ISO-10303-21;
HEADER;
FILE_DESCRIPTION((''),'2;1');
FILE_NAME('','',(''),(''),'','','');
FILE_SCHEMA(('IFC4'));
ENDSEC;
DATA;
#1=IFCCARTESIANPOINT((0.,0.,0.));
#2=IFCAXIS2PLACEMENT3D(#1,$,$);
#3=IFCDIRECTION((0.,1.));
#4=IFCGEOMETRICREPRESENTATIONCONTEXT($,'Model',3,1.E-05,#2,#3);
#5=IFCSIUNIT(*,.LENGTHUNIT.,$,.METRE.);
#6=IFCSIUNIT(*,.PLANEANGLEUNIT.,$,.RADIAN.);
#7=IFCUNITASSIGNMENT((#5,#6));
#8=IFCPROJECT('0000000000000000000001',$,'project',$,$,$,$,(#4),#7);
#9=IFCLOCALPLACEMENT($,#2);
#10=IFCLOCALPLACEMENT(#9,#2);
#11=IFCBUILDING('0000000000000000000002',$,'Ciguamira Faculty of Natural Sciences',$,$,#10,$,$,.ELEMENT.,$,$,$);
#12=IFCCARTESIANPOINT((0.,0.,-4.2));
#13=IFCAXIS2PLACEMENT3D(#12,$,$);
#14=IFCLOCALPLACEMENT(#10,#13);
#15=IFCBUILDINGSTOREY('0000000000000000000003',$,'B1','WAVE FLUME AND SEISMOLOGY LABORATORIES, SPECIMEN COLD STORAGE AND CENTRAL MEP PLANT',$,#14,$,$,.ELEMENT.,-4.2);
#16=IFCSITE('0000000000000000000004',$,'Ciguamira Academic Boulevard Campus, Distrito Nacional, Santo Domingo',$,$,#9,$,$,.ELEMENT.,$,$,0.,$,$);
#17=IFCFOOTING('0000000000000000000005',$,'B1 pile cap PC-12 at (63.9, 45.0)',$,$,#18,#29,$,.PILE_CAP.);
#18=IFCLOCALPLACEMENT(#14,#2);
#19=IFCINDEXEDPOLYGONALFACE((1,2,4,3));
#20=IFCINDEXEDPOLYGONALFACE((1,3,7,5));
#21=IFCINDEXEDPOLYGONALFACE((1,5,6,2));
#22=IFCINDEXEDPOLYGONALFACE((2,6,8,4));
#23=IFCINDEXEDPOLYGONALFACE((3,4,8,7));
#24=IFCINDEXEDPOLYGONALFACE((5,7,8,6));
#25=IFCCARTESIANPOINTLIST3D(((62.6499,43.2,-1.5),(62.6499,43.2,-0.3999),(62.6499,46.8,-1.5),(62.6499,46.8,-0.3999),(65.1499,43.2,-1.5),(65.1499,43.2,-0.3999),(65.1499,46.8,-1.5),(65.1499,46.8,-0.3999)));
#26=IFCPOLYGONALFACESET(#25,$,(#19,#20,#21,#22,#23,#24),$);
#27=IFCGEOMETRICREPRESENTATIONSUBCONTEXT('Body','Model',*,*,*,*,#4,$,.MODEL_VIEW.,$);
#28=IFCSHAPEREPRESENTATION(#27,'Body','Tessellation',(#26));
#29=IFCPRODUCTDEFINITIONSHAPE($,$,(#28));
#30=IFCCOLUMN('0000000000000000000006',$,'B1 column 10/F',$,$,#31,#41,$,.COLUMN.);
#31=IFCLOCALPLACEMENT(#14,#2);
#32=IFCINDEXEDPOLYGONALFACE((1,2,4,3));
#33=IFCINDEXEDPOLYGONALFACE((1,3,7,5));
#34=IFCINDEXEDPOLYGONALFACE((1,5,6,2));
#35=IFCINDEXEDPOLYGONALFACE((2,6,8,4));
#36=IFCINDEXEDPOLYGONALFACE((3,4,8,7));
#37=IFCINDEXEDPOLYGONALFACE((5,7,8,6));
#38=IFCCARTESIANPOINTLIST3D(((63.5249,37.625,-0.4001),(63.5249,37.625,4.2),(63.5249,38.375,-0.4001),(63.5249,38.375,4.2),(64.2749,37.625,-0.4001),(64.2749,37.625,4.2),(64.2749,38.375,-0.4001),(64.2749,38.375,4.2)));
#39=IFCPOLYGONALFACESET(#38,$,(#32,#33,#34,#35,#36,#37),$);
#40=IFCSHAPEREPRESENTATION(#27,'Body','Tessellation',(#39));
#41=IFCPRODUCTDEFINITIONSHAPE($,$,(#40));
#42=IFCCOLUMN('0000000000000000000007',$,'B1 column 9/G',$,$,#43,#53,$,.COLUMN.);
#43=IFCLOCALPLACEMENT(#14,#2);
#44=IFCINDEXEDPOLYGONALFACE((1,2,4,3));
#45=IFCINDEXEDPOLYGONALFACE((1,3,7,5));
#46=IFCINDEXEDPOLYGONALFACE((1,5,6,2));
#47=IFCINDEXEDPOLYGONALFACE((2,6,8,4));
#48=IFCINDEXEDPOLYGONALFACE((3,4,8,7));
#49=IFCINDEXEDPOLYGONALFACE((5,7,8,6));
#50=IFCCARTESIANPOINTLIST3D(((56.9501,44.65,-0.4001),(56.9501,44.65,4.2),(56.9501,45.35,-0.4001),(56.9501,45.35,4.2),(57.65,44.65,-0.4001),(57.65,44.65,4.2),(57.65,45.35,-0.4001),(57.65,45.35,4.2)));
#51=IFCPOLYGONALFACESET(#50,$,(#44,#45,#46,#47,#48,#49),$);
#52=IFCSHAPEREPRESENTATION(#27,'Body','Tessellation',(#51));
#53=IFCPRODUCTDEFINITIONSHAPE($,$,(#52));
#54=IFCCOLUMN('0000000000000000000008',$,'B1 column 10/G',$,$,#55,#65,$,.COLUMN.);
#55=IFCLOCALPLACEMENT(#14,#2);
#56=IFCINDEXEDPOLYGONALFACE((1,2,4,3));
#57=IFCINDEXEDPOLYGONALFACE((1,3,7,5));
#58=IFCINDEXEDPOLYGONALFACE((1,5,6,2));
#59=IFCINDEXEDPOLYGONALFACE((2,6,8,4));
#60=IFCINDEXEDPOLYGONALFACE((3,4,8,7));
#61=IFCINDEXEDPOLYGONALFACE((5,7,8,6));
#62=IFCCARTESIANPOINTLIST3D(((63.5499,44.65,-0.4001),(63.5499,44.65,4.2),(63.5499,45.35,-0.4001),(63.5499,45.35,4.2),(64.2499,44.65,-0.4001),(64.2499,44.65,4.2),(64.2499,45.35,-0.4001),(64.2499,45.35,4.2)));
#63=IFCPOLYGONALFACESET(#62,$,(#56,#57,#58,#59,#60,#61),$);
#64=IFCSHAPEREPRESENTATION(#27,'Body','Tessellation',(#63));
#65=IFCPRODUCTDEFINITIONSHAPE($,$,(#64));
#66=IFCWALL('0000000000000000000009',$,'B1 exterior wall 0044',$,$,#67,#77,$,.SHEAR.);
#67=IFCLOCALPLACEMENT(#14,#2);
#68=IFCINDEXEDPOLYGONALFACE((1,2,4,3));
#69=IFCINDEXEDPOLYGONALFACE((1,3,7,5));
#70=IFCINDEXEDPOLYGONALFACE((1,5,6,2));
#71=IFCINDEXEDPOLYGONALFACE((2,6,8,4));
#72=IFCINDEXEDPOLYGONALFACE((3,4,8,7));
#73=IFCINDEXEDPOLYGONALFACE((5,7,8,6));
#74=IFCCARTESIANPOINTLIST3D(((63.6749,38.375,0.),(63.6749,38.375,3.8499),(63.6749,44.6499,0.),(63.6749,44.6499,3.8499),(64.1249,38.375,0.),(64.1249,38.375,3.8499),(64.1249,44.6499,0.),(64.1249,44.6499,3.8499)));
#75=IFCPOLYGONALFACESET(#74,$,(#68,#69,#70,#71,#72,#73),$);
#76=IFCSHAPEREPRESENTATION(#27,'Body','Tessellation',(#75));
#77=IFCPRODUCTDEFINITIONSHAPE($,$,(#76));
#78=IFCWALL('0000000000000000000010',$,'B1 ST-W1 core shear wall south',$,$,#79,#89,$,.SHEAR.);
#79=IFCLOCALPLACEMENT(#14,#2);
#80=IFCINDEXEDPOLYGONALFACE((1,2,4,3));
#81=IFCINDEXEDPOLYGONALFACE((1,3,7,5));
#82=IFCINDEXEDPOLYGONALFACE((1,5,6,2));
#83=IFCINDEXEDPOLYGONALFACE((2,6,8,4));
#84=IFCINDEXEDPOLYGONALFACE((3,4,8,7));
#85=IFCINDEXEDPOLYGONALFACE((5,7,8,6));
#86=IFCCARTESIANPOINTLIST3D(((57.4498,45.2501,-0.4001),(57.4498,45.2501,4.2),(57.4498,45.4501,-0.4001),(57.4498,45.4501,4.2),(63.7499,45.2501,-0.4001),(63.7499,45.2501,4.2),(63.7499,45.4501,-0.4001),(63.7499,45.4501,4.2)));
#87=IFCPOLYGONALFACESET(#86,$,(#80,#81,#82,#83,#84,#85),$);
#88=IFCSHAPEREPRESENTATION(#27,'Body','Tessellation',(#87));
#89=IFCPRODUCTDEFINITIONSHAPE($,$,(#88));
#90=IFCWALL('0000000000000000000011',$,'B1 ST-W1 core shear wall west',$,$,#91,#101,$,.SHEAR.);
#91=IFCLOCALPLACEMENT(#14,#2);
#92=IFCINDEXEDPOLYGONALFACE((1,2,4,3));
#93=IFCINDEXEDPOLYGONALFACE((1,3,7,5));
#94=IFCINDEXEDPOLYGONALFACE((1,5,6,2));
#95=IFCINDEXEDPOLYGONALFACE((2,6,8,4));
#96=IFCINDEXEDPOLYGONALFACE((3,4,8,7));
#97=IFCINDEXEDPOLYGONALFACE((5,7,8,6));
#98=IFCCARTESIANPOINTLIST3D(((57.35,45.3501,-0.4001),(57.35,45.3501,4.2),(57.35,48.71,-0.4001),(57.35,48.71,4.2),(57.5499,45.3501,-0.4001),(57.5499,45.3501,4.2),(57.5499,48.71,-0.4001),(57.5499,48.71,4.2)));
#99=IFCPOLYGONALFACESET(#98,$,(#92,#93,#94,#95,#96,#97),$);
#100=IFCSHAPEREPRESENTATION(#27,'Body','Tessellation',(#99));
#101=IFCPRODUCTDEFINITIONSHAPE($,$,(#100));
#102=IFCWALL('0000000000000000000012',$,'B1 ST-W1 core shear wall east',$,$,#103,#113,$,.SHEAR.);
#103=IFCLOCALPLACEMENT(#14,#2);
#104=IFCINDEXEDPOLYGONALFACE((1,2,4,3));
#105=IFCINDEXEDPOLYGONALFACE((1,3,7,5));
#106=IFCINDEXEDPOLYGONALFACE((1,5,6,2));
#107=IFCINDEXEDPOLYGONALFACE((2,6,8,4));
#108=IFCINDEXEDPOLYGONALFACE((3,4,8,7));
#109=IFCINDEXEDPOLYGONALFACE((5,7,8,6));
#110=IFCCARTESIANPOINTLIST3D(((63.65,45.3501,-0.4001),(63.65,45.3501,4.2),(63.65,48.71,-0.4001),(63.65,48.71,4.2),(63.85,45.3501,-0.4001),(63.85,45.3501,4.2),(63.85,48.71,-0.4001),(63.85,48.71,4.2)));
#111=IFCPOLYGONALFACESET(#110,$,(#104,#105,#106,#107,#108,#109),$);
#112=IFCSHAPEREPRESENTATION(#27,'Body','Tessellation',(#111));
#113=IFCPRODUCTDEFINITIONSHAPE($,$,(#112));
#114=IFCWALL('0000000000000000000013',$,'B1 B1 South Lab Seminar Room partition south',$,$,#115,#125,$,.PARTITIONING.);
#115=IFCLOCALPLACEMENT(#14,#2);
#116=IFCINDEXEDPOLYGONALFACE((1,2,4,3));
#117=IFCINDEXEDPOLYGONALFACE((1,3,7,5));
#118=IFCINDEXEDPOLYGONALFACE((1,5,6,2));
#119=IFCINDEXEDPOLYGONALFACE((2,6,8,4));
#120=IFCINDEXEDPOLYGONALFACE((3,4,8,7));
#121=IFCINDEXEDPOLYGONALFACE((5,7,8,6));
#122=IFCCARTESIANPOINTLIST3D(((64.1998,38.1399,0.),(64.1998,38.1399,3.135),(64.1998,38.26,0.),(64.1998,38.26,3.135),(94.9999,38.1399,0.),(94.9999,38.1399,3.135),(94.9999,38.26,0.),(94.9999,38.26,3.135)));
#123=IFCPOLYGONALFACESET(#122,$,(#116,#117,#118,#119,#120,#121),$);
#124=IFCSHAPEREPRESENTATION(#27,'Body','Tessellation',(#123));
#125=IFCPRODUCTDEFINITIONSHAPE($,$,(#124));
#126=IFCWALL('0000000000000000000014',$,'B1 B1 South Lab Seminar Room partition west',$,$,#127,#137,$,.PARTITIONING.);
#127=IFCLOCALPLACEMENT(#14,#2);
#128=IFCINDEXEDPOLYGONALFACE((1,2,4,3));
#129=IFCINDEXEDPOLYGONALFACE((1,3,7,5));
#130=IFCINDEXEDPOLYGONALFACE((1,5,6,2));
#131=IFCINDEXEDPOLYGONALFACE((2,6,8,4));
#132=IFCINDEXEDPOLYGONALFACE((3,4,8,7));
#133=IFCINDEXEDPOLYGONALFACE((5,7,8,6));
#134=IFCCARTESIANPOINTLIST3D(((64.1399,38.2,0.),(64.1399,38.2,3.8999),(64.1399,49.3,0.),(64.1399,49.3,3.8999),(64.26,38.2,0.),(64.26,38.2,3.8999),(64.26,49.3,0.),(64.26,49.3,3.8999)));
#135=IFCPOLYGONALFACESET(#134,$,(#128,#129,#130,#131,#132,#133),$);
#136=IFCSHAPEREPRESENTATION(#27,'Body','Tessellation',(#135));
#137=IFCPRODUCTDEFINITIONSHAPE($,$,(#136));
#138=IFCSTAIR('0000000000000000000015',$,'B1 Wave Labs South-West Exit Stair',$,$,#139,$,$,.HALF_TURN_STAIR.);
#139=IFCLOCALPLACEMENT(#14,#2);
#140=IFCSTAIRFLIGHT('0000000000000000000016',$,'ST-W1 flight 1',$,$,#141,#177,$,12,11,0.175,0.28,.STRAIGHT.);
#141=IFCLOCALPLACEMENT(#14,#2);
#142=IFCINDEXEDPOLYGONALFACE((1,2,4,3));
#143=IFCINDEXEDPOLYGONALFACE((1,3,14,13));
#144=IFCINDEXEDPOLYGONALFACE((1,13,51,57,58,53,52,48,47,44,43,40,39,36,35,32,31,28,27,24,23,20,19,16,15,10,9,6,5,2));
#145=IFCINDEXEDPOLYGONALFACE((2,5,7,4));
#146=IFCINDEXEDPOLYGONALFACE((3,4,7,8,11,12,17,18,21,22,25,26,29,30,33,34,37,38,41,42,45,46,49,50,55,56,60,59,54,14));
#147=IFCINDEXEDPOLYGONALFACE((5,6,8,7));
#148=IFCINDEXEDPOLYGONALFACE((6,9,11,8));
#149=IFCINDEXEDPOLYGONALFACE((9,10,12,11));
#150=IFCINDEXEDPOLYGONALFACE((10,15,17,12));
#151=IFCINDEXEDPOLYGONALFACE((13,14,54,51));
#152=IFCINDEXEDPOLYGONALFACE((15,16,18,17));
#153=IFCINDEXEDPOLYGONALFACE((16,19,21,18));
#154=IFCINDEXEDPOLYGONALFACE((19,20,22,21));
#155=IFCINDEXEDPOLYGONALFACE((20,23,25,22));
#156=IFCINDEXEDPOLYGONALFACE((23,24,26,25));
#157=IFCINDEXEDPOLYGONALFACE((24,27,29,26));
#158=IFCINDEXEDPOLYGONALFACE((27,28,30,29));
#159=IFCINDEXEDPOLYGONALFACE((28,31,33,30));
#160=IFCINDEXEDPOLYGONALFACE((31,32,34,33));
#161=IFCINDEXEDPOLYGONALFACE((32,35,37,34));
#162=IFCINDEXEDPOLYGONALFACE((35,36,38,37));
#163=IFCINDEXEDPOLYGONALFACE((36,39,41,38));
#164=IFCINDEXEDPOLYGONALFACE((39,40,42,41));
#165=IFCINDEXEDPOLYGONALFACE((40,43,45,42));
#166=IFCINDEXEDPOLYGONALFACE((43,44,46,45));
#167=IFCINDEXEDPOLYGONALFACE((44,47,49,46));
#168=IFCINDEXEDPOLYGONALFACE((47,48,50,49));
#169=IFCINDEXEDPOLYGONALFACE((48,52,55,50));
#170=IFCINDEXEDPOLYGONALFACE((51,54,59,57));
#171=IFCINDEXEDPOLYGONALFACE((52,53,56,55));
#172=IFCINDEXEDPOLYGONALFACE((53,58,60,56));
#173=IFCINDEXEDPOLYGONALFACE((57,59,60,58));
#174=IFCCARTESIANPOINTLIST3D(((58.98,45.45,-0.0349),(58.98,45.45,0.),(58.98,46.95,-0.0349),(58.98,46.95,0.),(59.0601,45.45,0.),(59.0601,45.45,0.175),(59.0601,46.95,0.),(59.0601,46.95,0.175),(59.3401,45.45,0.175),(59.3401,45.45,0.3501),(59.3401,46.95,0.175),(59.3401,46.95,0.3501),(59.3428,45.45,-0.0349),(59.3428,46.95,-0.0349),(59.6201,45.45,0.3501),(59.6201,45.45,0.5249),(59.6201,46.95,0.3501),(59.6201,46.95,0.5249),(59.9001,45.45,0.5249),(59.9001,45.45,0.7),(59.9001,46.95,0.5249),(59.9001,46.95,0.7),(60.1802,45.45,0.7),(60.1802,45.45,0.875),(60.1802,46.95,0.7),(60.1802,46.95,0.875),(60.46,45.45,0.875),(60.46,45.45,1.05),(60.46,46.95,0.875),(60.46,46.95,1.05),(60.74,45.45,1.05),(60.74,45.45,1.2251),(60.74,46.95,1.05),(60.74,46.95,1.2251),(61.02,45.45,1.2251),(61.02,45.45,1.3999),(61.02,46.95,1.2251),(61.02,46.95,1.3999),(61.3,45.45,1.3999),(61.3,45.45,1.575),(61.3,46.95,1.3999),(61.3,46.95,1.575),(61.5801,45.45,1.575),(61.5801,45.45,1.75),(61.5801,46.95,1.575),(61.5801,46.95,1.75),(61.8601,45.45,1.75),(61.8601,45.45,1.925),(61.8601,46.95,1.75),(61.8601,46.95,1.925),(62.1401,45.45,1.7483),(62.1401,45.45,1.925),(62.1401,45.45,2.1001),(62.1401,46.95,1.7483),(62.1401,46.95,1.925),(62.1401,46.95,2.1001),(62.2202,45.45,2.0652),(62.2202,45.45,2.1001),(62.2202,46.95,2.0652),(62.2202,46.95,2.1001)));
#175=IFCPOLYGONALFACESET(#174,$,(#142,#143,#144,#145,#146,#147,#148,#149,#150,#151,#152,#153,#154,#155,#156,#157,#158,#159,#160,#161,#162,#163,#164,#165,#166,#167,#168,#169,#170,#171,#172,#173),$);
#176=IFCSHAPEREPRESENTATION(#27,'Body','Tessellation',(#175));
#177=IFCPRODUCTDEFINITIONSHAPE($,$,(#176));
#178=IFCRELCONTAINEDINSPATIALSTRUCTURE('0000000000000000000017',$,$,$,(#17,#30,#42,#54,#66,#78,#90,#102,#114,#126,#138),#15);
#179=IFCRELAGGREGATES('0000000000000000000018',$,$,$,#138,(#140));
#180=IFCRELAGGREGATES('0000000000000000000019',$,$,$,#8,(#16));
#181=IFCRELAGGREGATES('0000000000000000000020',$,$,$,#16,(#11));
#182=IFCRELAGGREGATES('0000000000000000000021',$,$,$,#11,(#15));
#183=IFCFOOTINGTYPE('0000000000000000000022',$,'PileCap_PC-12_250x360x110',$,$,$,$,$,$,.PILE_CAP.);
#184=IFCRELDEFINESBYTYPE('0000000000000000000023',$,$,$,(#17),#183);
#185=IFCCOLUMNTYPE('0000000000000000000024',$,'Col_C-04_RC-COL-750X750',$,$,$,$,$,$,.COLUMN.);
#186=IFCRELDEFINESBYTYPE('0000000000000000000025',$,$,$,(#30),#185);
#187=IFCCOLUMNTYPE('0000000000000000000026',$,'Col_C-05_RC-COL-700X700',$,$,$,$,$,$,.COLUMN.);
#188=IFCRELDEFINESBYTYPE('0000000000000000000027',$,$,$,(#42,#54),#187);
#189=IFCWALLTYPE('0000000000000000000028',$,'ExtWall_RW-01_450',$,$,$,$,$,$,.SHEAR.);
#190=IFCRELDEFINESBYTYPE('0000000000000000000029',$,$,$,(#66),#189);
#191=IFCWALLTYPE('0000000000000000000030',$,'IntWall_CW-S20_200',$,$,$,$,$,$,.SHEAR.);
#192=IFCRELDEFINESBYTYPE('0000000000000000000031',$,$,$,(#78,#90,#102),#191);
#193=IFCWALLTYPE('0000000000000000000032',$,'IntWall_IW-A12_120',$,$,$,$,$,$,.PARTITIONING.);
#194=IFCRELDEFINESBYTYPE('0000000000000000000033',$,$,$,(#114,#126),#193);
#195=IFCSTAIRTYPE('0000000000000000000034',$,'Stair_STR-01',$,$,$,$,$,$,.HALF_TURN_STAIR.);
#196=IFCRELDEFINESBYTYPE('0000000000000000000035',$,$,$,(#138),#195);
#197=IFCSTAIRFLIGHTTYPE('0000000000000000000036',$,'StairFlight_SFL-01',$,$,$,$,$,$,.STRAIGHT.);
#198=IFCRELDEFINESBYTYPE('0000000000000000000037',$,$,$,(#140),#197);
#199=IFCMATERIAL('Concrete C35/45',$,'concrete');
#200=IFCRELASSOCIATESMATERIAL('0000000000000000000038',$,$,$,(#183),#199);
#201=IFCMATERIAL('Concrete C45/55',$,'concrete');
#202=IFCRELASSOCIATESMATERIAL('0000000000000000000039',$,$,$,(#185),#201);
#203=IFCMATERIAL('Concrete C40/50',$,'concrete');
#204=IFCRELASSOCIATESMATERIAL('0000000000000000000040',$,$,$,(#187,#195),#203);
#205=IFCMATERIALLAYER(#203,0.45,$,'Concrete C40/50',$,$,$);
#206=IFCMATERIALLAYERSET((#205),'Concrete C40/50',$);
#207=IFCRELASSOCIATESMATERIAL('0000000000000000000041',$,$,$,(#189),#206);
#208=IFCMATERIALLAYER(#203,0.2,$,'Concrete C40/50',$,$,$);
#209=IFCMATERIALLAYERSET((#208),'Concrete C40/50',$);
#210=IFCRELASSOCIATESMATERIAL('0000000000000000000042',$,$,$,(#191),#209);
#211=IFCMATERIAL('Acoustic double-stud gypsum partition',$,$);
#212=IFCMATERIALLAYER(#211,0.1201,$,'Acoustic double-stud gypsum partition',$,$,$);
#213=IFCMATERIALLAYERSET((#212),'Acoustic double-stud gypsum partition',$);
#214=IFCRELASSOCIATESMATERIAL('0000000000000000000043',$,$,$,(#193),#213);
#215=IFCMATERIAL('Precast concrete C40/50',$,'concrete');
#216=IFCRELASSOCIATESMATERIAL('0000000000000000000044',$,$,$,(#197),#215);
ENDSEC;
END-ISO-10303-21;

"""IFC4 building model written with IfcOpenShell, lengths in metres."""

from ifc_helpers import new_model, si_unit, direction, frame, frame_2d, origin, origin_2d, place, context, subcontext, project, spatial, polyline, rectangle, outline, extrude, material, layer, layer_set, material_profile, profile_set, type_object, element, aggregate, save


model = new_model("IFC4")

# Units and contexts
model_context = context("Model", 3, precision=1e-05, world=origin(), true_north=direction((0.0, 1.0)))
body_context = subcontext(model_context, "Body", "Model", "MODEL_VIEW")
ifc_project = project(units=[si_unit("LENGTHUNIT", "METRE"), si_unit("PLANEANGLEUNIT", "RADIAN")], contexts=[model_context])

# Site, building, storey
site_placement = place(None, origin())
site = spatial("IfcSite", under=ifc_project, at=site_placement, Name="Ciguamira Academic Boulevard Campus, Distrito Nacional, Santo Domingo", CompositionType="ELEMENT", RefElevation=0.0)
building_placement = place(site_placement, origin())
building = spatial("IfcBuilding", under=site, at=building_placement, Name="Ciguamira Faculty of Natural Sciences", CompositionType="ELEMENT")
storey_placement = place(building_placement, frame((0.0, 0.0, -4.2)))
storey = spatial("IfcBuildingStorey", under=building, at=storey_placement, Name="B1", Description="WAVE FLUME AND SEISMOLOGY LABORATORIES, SPECIMEN COLD STORAGE AND CENTRAL MEP PLANT", CompositionType="ELEMENT", Elevation=-4.2)

# Shared definitions
ifc_material_1 = material(Name="Concrete C35/45", Category="concrete")

# Footing
footing_type_1 = type_object("IfcFootingType", Name="PileCap_PC-12_250x360x110", PredefinedType="PILE_CAP", material=ifc_material_1)
for number, where, z_axis, x_axis, name in (
    (1, (63.8999, 45.0, -1.5), (0.0, 0.0, 1.0), (1.0, 0.0, 0.0), "B1 pile cap PC-12 at (63.9, 45.0)"),
):
    element("IfcFooting", number, at=place(storey_placement, frame(where, z_axis=z_axis, x_axis=x_axis)), inside=storey, type_object=footing_type_1, Name=name, PredefinedType="PILE_CAP", context=body_context, shape_type="SweptSolid", body=[
        extrude(rectangle(XDim=2.5, YDim=3.6001, at=origin_2d()), origin(), (0.0, 0.0, 1.0), 1.1001),
    ])

# Columns
ifc_material_2 = material(Name="Concrete C45/55", Category="concrete")
ifc_material_profile_1 = material_profile(ifc_material_2, rectangle(XDim=0.75, YDim=0.75, at=origin_2d()), Name="RC-COL-750X750")
ifc_profile_set_1 = profile_set([ifc_material_profile_1], Name="Concrete C45/55")
column_type_1 = type_object("IfcColumnType", Name="Col_C-04_RC-COL-750X750", PredefinedType="COLUMN", material=ifc_profile_set_1)
column_placement = place(storey_placement, frame((63.8999, 38.0, -0.4001), z_axis=(0.0, 0.0, 1.0), x_axis=(1.0, 0.0, 0.0)))
element("IfcColumn", 2, at=column_placement, inside=storey, type_object=column_type_1, Name="B1 column 10/F", PredefinedType="COLUMN", context=body_context, shape_type="SweptSolid", body=[
    extrude(rectangle(XDim=0.75, YDim=0.75, at=origin_2d()), origin(), (0.0, 0.0, 1.0), 4.6001),
])
ifc_material_3 = material(Name="Concrete C40/50", Category="concrete")
ifc_material_profile_2 = material_profile(ifc_material_3, rectangle(XDim=0.7, YDim=0.7, at=origin_2d()), Name="RC-COL-700X700")
ifc_profile_set_2 = profile_set([ifc_material_profile_2], Name="Concrete C40/50")
column_type_2 = type_object("IfcColumnType", Name="Col_C-05_RC-COL-700X700", PredefinedType="COLUMN", material=ifc_profile_set_2)
for number, where, z_axis, x_axis, name in (
    (3, (57.3, 45.0, -0.4001), (0.0, 0.0, 1.0), (1.0, 0.0, 0.0), "B1 column 9/G"),
    (4, (63.8999, 45.0, -0.4001), (0.0, 0.0, 1.0), (1.0, 0.0, 0.0), "B1 column 10/G"),
):
    element("IfcColumn", number, at=place(storey_placement, frame(where, z_axis=z_axis, x_axis=x_axis)), inside=storey, type_object=column_type_2, Name=name, PredefinedType="COLUMN", context=body_context, shape_type="SweptSolid", body=[
        extrude(rectangle(XDim=0.7, YDim=0.7, at=origin_2d()), origin(), (0.0, 0.0, 1.0), 4.6001),
    ])

# Walls
ifc_layer_1 = layer(ifc_material_3, 0.45, Name="Concrete C40/50")
ifc_layer_set_1 = layer_set([ifc_layer_1], Name="Concrete C40/50")
wall_type_1 = type_object("IfcWallType", Name="ExtWall_RW-01_450", PredefinedType="SHEAR", material=ifc_layer_set_1)
wall_1_placement = place(storey_placement, frame((63.8999, 38.375, 0.0), z_axis=(0.0, 0.0, 1.0), x_axis=(0.0, 1.0, 0.0)))
element("IfcWall", 5, at=wall_1_placement, inside=storey, type_object=wall_type_1, Name="B1 exterior wall 0044", PredefinedType="SHEAR", context=body_context, shape_type="SweptSolid", body=[
    extrude(rectangle(XDim=6.2749, YDim=0.45, at=frame_2d((3.1375, 0.0))), origin(), (0.0, 0.0, 1.0), 3.8499),
])
ifc_layer_2 = layer(ifc_material_3, 0.2, Name="Concrete C40/50")
ifc_layer_set_2 = layer_set([ifc_layer_2], Name="Concrete C40/50")
wall_type_2 = type_object("IfcWallType", Name="IntWall_CW-S20_200", PredefinedType="SHEAR", material=ifc_layer_set_2)
wall_2_placement = place(storey_placement, frame((57.45, 45.3501, -0.4001), z_axis=(0.0, 0.0, 1.0), x_axis=(1.0, 0.0, 0.0)))
element("IfcWall", 6, at=wall_2_placement, inside=storey, type_object=wall_type_2, Name="B1 ST-W1 core shear wall south", PredefinedType="SHEAR", context=body_context, shape_type="SweptSolid", body=[
    extrude(rectangle(XDim=6.3, YDim=0.2, at=frame_2d((3.1499, 0.0))), origin(), (0.0, 0.0, 1.0), 4.6001),
])
for number, where, z_axis, x_axis, name in (
    (7, (57.45, 45.3501, -0.4001), (0.0, 0.0, 1.0), (0.0, 1.0, 0.0), "B1 ST-W1 core shear wall west"),
    (8, (63.75, 45.3501, -0.4001), (0.0, 0.0, 1.0), (0.0, 1.0, 0.0), "B1 ST-W1 core shear wall east"),
):
    element("IfcWall", number, at=place(storey_placement, frame(where, z_axis=z_axis, x_axis=x_axis)), inside=storey, type_object=wall_type_2, Name=name, PredefinedType="SHEAR", context=body_context, shape_type="SweptSolid", body=[
        extrude(rectangle(XDim=3.3599, YDim=0.2, at=frame_2d((1.6799, 0.0))), origin(), (0.0, 0.0, 1.0), 4.6001),
    ])
ifc_material_4 = material(Name="Acoustic double-stud gypsum partition")
ifc_layer_3 = layer(ifc_material_4, 0.1201, Name="Acoustic double-stud gypsum partition")
ifc_layer_set_3 = layer_set([ifc_layer_3], Name="Acoustic double-stud gypsum partition")
wall_type_3 = type_object("IfcWallType", Name="IntWall_IW-A12_120", PredefinedType="PARTITIONING", material=ifc_layer_set_3)
wall_3_placement = place(storey_placement, frame((64.2, 38.2, 0.0), z_axis=(0.0, 0.0, 1.0), x_axis=(1.0, 0.0, 0.0)))
element("IfcWall", 9, at=wall_3_placement, inside=storey, type_object=wall_type_3, Name="B1 B1 South Lab Seminar Room partition south", PredefinedType="PARTITIONING", context=body_context, shape_type="SweptSolid", body=[
    extrude(rectangle(XDim=30.8, YDim=0.1201, at=frame_2d((15.3999, 0.0))), origin(), (0.0, 0.0, 1.0), 3.135),
])
wall_4_placement = place(storey_placement, frame((64.2, 38.2, 0.0), z_axis=(0.0, 0.0, 1.0), x_axis=(0.0, 1.0, 0.0)))
element("IfcWall", 10, at=wall_4_placement, inside=storey, type_object=wall_type_3, Name="B1 B1 South Lab Seminar Room partition west", PredefinedType="PARTITIONING", context=body_context, shape_type="SweptSolid", body=[
    extrude(rectangle(XDim=11.1001, YDim=0.1201, at=frame_2d((5.55, 0.0))), origin(), (0.0, 0.0, 1.0), 3.8999),
])

# Stair, stair flight
stair_type = type_object("IfcStairType", Name="Stair_STR-01", PredefinedType="HALF_TURN_STAIR", material=ifc_material_3)
stair_placement = place(storey_placement, origin())
stair = element("IfcStair", 11, at=stair_placement, inside=storey, type_object=stair_type, Name="B1 Wave Labs South-West Exit Stair", PredefinedType="HALF_TURN_STAIR")
ifc_material_5 = material(Name="Precast concrete C40/50", Category="concrete")
stair_flight_type = type_object("IfcStairFlightType", Name="StairFlight_SFL-01", PredefinedType="STRAIGHT", material=ifc_material_5)
stair_flight_placement = place(storey_placement, frame((59.0601, 46.2, 0.0), z_axis=(0.0, 0.0, 1.0), x_axis=(1.0, 0.0, 0.0)))
stair_flight = element("IfcStairFlight", 12, at=stair_flight_placement, type_object=stair_flight_type, Name="ST-W1 flight 1", NumberOfRisers=12, NumberOfTreads=11, PredefinedType="STRAIGHT", RiserHeight=0.175, TreadLength=0.28, context=body_context, shape_type="SweptSolid", body=[
    extrude(outline(polyline([(-0.0801, -0.0349), (-0.0801, 0.0), (0.0, 0.0), (0.0, 0.175), (0.28, 0.175), (0.28, 0.3501), (0.5601, 0.3501), (0.5601, 0.5249), (0.8401, 0.5249), (0.8401, 0.7), (1.1201, 0.7), (1.1201, 0.875), (1.3999, 0.875), (1.3999, 1.05), (1.6799, 1.05), (1.6799, 1.2251), (1.96, 1.2251), (1.96, 1.3999), (2.24, 1.3999), (2.24, 1.575), (2.52, 1.575), (2.52, 1.75), (2.8, 1.75), (2.8, 1.925), (3.0801, 1.925), (3.0801, 2.1001), (3.1602, 2.1001), (3.1602, 2.0652), (3.0801, 1.7483), (0.2827, -0.0349), (-0.0801, -0.0349)])), frame((0.0, 0.75, 0.0), z_axis=(0.0, -1.0, 0.0), x_axis=(1.0, 0.0, 0.0)), (0.0, 0.0, 1.0), 1.5),
])
aggregate(stair, [stair_flight])

save(model, "model.ifc")
